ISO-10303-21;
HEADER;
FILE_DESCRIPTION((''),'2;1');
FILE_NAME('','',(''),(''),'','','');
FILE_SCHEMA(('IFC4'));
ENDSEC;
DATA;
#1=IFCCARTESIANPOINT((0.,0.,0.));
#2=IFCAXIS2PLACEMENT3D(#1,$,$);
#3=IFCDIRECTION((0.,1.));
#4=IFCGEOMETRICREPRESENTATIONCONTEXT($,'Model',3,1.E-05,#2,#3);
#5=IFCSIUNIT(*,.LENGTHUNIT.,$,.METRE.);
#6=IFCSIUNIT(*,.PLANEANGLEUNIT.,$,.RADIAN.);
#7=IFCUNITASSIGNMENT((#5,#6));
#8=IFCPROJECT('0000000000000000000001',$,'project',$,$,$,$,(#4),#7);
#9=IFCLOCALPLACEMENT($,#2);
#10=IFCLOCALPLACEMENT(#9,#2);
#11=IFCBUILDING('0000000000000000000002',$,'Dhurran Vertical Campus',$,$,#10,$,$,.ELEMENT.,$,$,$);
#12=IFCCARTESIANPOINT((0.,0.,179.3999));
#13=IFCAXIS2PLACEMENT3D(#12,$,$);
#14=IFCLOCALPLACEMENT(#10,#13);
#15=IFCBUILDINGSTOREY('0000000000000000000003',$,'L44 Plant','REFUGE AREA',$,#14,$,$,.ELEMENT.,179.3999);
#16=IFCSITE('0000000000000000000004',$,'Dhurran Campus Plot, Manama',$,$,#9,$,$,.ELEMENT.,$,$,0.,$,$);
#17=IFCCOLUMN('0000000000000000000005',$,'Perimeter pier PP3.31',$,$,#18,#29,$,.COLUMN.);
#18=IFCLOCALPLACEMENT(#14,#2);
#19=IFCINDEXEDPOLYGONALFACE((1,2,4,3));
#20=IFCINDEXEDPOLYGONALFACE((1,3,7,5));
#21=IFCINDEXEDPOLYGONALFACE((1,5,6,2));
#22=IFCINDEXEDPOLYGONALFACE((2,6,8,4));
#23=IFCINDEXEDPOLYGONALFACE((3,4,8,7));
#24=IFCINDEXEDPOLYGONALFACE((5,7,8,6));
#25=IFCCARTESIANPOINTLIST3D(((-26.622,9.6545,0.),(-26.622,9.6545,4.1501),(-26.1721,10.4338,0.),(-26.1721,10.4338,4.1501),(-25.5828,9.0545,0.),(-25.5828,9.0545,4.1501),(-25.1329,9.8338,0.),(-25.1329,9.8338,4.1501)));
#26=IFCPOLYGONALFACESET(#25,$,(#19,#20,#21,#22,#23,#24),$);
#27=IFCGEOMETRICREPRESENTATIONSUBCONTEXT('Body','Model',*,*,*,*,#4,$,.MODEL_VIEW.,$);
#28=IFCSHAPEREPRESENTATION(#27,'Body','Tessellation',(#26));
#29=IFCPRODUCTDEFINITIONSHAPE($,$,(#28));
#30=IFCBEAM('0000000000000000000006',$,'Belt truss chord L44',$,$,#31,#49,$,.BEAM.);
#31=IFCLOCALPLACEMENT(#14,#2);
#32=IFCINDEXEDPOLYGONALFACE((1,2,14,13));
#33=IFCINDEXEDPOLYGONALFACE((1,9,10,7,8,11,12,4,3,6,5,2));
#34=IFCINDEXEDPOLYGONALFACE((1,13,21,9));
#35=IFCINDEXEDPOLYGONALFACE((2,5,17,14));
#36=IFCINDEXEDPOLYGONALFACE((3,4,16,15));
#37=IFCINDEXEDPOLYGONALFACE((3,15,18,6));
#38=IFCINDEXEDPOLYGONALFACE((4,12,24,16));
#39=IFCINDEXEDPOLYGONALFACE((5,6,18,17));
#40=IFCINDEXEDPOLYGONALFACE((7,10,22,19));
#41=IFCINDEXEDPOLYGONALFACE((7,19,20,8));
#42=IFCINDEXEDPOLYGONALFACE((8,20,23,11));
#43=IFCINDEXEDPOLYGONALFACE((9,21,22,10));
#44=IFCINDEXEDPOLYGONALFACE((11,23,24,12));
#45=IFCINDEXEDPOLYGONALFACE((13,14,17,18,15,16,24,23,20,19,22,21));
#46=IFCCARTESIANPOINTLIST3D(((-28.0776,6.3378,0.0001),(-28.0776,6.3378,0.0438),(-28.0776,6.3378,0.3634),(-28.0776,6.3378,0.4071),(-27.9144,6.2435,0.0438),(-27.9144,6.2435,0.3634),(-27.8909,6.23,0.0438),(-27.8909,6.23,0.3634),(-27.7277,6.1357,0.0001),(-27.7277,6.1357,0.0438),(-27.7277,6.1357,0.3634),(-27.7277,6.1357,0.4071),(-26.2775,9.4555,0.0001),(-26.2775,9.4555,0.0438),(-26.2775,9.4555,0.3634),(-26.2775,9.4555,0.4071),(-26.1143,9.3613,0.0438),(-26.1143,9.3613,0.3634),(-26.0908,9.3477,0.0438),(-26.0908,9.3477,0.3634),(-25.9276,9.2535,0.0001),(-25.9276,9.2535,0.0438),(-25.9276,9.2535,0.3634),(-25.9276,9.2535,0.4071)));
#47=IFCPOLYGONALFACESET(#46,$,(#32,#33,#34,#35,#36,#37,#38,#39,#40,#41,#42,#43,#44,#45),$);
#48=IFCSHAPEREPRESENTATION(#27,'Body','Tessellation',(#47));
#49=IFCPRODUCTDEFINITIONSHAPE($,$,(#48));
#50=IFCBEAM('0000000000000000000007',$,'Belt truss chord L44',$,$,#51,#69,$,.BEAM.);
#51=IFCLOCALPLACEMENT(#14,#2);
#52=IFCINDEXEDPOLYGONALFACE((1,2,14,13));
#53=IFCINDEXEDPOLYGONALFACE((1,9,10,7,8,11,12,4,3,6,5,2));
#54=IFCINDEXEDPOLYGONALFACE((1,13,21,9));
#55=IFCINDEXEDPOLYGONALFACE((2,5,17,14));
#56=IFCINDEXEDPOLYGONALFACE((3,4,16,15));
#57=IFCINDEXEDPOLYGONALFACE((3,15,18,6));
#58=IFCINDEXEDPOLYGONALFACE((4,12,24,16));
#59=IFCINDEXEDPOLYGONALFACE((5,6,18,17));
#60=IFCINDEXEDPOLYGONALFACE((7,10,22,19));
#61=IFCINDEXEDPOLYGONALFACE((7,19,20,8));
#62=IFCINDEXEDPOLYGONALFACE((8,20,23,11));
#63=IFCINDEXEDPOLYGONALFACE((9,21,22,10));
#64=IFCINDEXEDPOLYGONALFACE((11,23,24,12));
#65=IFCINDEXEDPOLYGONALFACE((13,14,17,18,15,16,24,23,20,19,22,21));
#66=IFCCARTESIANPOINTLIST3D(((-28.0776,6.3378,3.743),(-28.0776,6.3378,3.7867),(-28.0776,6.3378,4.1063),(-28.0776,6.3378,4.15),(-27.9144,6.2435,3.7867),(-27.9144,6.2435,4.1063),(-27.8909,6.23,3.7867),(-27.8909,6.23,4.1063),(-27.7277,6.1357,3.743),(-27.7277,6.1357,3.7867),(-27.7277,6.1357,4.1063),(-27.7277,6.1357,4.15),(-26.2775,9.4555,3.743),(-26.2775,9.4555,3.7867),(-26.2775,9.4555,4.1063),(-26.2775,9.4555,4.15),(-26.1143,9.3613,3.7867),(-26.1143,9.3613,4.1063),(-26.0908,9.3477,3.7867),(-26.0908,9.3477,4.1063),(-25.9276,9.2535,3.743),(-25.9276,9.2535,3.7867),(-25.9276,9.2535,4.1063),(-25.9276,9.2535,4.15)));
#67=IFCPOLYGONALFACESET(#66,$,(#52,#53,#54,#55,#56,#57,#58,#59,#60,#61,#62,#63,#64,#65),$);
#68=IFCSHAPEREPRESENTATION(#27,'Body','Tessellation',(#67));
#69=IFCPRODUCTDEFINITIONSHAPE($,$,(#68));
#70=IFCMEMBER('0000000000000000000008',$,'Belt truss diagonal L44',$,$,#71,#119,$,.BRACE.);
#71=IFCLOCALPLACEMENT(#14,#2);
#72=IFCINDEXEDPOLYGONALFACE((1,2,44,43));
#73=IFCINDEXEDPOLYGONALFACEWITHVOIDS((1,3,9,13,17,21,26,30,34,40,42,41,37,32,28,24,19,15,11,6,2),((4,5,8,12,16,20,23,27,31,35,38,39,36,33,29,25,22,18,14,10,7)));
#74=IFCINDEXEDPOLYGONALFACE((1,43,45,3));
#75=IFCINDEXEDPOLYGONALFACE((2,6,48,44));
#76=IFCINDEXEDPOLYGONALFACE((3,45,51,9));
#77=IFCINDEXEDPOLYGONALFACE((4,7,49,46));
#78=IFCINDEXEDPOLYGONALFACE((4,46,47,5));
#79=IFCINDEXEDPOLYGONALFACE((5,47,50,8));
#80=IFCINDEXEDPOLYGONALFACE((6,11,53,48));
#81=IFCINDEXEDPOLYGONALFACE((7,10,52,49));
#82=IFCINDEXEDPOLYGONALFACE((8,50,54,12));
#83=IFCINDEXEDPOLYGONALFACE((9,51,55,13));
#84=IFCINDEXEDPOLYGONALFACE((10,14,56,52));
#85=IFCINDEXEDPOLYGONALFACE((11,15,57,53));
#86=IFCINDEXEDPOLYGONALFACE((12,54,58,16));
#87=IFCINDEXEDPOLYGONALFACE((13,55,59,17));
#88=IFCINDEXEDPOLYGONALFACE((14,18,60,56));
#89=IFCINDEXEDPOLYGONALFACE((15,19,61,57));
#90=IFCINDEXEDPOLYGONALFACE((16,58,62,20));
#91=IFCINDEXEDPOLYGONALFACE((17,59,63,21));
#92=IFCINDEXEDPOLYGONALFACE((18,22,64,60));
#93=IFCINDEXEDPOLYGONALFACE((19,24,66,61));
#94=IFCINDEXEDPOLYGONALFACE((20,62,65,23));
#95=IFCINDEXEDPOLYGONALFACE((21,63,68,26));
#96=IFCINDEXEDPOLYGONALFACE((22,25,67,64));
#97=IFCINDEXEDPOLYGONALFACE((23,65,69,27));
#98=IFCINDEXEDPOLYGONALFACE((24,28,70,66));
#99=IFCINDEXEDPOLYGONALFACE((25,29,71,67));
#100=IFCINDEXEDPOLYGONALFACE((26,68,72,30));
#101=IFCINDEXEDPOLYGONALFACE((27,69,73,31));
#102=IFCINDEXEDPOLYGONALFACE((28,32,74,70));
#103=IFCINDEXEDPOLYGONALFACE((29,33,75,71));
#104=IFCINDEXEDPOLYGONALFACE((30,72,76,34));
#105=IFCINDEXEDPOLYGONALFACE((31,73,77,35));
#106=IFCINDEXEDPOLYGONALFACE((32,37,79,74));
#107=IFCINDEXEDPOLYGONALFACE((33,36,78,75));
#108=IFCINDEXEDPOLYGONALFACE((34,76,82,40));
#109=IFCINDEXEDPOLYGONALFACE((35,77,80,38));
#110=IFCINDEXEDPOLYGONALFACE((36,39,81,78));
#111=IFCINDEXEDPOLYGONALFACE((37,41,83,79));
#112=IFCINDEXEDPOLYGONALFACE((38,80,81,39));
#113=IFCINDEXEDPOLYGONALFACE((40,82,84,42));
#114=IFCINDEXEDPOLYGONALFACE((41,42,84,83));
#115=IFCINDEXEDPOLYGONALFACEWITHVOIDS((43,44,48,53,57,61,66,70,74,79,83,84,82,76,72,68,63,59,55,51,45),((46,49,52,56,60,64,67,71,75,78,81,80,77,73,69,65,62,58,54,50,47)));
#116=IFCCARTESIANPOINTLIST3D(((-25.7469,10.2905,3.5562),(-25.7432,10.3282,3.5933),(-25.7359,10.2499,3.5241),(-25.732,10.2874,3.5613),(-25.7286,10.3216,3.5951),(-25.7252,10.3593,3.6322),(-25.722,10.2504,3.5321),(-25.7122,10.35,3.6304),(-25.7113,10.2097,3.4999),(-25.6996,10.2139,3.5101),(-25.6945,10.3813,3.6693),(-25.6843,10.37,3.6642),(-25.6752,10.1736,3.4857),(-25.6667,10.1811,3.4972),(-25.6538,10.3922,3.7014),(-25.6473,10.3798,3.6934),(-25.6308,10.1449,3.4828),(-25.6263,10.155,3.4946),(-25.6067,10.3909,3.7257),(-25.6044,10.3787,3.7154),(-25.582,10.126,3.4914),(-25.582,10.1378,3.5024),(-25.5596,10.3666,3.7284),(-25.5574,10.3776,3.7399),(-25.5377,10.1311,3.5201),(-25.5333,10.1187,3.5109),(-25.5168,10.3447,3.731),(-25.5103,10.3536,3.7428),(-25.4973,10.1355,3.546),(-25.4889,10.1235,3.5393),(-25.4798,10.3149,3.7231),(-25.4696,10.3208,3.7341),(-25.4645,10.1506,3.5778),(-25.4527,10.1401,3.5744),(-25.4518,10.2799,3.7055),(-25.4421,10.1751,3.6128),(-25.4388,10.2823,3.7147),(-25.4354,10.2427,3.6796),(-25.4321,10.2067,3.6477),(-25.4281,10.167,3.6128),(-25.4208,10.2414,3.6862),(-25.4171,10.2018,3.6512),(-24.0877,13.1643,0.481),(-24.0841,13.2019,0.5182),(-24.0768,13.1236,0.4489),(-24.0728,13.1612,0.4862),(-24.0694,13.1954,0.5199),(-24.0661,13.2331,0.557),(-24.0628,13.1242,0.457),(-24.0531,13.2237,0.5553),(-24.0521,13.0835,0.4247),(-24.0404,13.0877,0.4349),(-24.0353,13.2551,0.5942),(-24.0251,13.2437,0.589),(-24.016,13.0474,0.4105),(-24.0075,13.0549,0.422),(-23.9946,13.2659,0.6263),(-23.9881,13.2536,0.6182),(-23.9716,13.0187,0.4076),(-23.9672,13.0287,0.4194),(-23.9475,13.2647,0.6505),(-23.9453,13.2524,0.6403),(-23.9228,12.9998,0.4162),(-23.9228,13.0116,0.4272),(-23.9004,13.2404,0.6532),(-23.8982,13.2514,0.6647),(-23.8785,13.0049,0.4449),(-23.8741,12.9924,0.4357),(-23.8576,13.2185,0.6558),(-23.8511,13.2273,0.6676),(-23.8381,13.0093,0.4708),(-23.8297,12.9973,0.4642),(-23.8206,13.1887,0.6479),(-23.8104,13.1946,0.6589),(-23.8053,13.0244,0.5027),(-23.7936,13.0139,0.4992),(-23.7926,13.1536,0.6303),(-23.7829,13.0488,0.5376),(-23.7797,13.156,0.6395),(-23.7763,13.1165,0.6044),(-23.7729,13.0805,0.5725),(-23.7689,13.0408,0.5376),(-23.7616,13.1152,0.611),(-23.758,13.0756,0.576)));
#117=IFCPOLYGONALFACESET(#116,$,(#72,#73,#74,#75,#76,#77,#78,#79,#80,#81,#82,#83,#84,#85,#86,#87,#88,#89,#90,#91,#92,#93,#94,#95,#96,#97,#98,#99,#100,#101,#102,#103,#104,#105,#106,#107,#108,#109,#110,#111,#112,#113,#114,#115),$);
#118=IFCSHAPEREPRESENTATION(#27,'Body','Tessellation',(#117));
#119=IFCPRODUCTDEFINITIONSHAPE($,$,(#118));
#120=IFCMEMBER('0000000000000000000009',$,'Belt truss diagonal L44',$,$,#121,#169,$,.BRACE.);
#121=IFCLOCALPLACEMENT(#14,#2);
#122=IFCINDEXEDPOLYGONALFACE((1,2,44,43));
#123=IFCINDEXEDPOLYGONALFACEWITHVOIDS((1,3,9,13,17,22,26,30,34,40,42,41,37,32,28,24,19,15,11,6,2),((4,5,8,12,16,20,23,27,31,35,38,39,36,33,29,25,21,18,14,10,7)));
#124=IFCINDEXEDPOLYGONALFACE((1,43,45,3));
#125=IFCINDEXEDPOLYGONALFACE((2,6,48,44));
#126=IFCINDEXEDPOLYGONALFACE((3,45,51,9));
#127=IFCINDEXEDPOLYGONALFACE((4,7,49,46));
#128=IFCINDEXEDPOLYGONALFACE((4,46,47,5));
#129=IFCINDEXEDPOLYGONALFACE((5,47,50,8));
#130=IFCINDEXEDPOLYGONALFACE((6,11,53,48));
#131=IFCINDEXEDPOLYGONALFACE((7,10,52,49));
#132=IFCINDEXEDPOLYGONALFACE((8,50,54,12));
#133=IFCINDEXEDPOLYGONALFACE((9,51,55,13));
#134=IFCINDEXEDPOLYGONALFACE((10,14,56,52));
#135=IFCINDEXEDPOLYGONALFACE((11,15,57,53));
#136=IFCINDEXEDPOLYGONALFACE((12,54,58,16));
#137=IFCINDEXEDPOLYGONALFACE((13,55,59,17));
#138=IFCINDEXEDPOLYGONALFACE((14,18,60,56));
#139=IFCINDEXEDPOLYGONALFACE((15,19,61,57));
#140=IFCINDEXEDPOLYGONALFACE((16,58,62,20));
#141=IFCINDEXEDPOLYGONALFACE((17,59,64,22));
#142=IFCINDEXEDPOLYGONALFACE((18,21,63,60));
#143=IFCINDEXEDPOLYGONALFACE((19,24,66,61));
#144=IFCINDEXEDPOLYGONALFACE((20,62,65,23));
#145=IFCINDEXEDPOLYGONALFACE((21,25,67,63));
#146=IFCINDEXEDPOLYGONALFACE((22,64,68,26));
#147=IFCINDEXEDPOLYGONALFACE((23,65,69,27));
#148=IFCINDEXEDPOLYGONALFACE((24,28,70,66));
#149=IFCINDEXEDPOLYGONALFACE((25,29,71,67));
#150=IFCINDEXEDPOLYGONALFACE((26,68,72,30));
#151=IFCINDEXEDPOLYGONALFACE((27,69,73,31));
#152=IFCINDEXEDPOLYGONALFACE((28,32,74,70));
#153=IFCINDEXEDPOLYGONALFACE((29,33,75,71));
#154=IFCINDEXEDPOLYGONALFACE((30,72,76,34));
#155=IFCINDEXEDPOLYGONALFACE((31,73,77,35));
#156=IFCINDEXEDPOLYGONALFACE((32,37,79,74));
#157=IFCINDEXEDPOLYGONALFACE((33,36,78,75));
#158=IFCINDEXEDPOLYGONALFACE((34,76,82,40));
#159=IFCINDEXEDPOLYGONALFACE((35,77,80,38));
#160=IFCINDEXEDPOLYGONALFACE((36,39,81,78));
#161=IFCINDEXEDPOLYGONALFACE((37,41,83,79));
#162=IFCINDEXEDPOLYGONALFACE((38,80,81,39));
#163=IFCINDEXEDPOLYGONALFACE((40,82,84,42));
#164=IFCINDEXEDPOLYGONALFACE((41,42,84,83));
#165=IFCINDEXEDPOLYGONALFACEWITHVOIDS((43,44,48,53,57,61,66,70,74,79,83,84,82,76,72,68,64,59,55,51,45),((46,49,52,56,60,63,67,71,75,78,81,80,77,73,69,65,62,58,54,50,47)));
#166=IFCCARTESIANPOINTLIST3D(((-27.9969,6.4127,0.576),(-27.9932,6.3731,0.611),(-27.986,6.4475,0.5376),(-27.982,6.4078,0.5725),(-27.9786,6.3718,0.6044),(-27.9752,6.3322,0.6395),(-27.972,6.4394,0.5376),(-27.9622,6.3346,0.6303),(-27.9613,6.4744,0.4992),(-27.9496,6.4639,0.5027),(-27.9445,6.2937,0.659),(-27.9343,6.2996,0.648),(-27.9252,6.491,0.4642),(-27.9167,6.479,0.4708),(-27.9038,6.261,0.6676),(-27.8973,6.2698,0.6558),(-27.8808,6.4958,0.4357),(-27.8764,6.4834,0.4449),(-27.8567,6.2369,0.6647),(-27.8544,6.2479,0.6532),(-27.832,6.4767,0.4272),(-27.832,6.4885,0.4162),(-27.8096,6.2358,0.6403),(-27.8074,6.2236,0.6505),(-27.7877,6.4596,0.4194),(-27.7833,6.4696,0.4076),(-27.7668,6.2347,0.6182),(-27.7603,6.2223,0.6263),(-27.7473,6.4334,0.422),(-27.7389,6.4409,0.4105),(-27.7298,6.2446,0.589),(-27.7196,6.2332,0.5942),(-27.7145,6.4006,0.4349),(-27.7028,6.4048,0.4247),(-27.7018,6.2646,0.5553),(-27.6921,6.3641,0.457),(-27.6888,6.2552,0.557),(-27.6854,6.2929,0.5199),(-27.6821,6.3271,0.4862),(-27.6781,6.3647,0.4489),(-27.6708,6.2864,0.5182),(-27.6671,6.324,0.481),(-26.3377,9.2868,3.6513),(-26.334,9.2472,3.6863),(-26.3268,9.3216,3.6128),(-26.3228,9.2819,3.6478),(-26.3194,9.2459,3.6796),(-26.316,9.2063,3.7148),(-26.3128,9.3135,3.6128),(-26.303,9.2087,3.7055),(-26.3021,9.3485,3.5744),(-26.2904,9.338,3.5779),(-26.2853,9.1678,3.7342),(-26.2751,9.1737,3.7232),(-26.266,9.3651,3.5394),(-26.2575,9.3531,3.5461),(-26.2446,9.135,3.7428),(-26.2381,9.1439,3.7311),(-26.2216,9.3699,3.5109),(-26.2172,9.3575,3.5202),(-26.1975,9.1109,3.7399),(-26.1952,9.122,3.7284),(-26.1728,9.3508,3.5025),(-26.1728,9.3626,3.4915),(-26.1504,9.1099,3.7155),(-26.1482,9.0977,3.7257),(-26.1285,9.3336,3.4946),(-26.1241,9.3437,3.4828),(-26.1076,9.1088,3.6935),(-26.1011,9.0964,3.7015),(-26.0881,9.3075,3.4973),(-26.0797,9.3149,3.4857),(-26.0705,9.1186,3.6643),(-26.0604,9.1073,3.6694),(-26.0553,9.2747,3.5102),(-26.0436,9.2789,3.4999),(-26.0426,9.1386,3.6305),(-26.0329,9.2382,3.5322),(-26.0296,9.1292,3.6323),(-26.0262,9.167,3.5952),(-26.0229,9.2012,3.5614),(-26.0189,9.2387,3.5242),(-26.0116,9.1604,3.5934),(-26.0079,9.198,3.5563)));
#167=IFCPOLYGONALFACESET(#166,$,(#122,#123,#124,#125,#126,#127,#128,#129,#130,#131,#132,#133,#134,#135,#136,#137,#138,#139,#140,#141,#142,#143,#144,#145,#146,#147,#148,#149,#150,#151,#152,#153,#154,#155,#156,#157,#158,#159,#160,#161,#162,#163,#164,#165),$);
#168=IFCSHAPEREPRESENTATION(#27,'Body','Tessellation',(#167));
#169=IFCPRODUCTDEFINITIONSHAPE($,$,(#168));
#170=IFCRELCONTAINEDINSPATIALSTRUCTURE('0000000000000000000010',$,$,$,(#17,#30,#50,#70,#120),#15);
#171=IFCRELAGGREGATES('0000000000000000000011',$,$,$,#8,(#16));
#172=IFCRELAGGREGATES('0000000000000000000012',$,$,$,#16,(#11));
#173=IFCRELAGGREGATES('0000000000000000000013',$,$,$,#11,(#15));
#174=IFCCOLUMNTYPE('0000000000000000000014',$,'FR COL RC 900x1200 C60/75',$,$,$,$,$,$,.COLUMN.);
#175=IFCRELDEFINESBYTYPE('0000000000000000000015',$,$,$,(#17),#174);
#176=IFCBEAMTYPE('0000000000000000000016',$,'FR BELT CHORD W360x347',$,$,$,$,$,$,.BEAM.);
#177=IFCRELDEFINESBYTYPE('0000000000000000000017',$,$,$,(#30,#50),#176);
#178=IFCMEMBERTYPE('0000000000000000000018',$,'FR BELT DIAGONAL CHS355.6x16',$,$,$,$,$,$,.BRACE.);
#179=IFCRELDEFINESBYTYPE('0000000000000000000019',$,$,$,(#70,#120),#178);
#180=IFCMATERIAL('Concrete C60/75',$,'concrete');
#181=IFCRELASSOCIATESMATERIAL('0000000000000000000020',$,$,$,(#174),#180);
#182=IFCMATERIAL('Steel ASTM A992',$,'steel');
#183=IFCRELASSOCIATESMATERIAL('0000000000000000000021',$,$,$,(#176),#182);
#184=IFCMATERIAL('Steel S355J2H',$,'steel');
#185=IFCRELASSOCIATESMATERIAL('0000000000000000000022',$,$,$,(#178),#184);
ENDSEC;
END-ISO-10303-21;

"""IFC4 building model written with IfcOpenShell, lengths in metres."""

from ifc_helpers import new_model, si_unit, direction, frame, origin, origin_2d, place, context, subcontext, project, spatial, rectangle, hollow_circle, i_section, extrude, material, material_profile, profile_set, type_object, element, save


model = new_model("IFC4")

# Units and contexts
model_context = context("Model", 3, precision=1e-05, world=origin(), true_north=direction((0.0, 1.0)))
body_context = subcontext(model_context, "Body", "Model", "MODEL_VIEW")
ifc_project = project(units=[si_unit("LENGTHUNIT", "METRE"), si_unit("PLANEANGLEUNIT", "RADIAN")], contexts=[model_context])

# Site, building, storey
site_placement = place(None, origin())
site = spatial("IfcSite", under=ifc_project, at=site_placement, Name="Dhurran Campus Plot, Manama", CompositionType="ELEMENT", RefElevation=0.0)
building_placement = place(site_placement, origin())
building = spatial("IfcBuilding", under=site, at=building_placement, Name="Dhurran Vertical Campus", CompositionType="ELEMENT")
storey_placement = place(building_placement, frame((0.0, 0.0, 179.3999)))
storey = spatial("IfcBuildingStorey", under=building, at=storey_placement, Name="L44 Plant", Description="REFUGE AREA", CompositionType="ELEMENT", Elevation=179.3999)

# Column
ifc_material_1 = material(Name="Concrete C60/75", Category="concrete")
ifc_material_profile_1 = material_profile(ifc_material_1, rectangle(XDim=0.8999, YDim=1.2, at=origin_2d()), Name="RC 900x1200")
ifc_profile_set_1 = profile_set([ifc_material_profile_1], Name="Concrete C60/75")
column_type = type_object("IfcColumnType", Name="FR COL RC 900x1200 C60/75", PredefinedType="COLUMN", material=ifc_profile_set_1)
column_placement = place(storey_placement, frame((-25.8774, 9.7441, 0.0), z_axis=(0.0, 0.0, 1.0), x_axis=(-0.5, -0.866025, 0.0)))
element("IfcColumn", 1, at=column_placement, inside=storey, type_object=column_type, Name="Perimeter pier PP3.31", PredefinedType="COLUMN", context=body_context, shape_type="SweptSolid", body=[
    extrude(rectangle(XDim=0.8999, YDim=1.2, at=origin_2d()), origin(), (0.0, 0.0, 1.0), 4.1501),
])

# Beams
ifc_material_2 = material(Name="Steel ASTM A992", Category="steel")
ifc_material_profile_2 = material_profile(ifc_material_2, i_section(OverallWidth=0.4041, OverallDepth=0.407, WebThickness=0.0271, FlangeThickness=0.0437, at=origin_2d()), Name="W360x347")
ifc_profile_set_2 = profile_set([ifc_material_profile_2], Name="Steel ASTM A992")
beam_type = type_object("IfcBeamType", Name="FR BELT CHORD W360x347", PredefinedType="BEAM", material=ifc_profile_set_2)
for number, where, z_axis, x_axis, name in (
    (2, (-26.1025, 9.3545, 0.2036), (-0.500012, -0.866018, 0.0), (0.866018, -0.500012, 0.0), "Belt truss chord L44"),
    (3, (-26.1025, 9.3545, 3.9465), (-0.500012, -0.866018, 0.0), (0.866018, -0.500012, 0.0), "Belt truss chord L44"),
):
    element("IfcBeam", number, at=place(storey_placement, frame(where, z_axis=z_axis, x_axis=x_axis)), inside=storey, type_object=beam_type, Name=name, PredefinedType="BEAM", context=body_context, shape_type="SweptSolid", body=[
        extrude(i_section(OverallWidth=0.4041, OverallDepth=0.407, WebThickness=0.0271, FlangeThickness=0.0437, at=origin_2d()), origin(), (0.0, 0.0, 1.0), 3.6001),
    ])

# Members
ifc_material_3 = material(Name="Steel S355J2H", Category="steel")
ifc_material_profile_3 = material_profile(ifc_material_3, hollow_circle(Radius=0.1777, WallThickness=0.0161, at=origin_2d()), Name="CHS355.6x16")
ifc_profile_set_3 = profile_set([ifc_material_profile_3], Name="Steel S355J2H")
member_type = type_object("IfcMemberType", Name="FR BELT DIAGONAL CHS355.6x16", PredefinedType="BRACE", material=ifc_profile_set_3)
member_1_placement = place(storey_placement, frame((-23.9229, 13.1296, 0.5376), z_axis=(-0.366735, -0.635203, 0.679723), x_axis=(0.866025, -0.500001, 0.0)))
element("IfcMember", 4, at=member_1_placement, inside=storey, type_object=member_type, Name="Belt truss diagonal L44", PredefinedType="BRACE", context=body_context, shape_type="SweptSolid", body=[
    extrude(hollow_circle(Radius=0.1777, WallThickness=0.0161, at=origin_2d()), origin(), (0.0, 0.0, 1.0), 4.5242),
])
member_2_placement = place(storey_placement, frame((-27.832, 6.3586, 0.5376), z_axis=(0.366722, 0.635235, 0.679699), x_axis=(-0.866043, 0.499969, 0.0)))
element("IfcMember", 5, at=member_2_placement, inside=storey, type_object=member_type, Name="Belt truss diagonal L44", PredefinedType="BRACE", context=body_context, shape_type="SweptSolid", body=[
    extrude(hollow_circle(Radius=0.1777, WallThickness=0.0161, at=origin_2d()), origin(), (0.0, 0.0, 1.0), 4.5244),
])

save(model, "model.ifc")
